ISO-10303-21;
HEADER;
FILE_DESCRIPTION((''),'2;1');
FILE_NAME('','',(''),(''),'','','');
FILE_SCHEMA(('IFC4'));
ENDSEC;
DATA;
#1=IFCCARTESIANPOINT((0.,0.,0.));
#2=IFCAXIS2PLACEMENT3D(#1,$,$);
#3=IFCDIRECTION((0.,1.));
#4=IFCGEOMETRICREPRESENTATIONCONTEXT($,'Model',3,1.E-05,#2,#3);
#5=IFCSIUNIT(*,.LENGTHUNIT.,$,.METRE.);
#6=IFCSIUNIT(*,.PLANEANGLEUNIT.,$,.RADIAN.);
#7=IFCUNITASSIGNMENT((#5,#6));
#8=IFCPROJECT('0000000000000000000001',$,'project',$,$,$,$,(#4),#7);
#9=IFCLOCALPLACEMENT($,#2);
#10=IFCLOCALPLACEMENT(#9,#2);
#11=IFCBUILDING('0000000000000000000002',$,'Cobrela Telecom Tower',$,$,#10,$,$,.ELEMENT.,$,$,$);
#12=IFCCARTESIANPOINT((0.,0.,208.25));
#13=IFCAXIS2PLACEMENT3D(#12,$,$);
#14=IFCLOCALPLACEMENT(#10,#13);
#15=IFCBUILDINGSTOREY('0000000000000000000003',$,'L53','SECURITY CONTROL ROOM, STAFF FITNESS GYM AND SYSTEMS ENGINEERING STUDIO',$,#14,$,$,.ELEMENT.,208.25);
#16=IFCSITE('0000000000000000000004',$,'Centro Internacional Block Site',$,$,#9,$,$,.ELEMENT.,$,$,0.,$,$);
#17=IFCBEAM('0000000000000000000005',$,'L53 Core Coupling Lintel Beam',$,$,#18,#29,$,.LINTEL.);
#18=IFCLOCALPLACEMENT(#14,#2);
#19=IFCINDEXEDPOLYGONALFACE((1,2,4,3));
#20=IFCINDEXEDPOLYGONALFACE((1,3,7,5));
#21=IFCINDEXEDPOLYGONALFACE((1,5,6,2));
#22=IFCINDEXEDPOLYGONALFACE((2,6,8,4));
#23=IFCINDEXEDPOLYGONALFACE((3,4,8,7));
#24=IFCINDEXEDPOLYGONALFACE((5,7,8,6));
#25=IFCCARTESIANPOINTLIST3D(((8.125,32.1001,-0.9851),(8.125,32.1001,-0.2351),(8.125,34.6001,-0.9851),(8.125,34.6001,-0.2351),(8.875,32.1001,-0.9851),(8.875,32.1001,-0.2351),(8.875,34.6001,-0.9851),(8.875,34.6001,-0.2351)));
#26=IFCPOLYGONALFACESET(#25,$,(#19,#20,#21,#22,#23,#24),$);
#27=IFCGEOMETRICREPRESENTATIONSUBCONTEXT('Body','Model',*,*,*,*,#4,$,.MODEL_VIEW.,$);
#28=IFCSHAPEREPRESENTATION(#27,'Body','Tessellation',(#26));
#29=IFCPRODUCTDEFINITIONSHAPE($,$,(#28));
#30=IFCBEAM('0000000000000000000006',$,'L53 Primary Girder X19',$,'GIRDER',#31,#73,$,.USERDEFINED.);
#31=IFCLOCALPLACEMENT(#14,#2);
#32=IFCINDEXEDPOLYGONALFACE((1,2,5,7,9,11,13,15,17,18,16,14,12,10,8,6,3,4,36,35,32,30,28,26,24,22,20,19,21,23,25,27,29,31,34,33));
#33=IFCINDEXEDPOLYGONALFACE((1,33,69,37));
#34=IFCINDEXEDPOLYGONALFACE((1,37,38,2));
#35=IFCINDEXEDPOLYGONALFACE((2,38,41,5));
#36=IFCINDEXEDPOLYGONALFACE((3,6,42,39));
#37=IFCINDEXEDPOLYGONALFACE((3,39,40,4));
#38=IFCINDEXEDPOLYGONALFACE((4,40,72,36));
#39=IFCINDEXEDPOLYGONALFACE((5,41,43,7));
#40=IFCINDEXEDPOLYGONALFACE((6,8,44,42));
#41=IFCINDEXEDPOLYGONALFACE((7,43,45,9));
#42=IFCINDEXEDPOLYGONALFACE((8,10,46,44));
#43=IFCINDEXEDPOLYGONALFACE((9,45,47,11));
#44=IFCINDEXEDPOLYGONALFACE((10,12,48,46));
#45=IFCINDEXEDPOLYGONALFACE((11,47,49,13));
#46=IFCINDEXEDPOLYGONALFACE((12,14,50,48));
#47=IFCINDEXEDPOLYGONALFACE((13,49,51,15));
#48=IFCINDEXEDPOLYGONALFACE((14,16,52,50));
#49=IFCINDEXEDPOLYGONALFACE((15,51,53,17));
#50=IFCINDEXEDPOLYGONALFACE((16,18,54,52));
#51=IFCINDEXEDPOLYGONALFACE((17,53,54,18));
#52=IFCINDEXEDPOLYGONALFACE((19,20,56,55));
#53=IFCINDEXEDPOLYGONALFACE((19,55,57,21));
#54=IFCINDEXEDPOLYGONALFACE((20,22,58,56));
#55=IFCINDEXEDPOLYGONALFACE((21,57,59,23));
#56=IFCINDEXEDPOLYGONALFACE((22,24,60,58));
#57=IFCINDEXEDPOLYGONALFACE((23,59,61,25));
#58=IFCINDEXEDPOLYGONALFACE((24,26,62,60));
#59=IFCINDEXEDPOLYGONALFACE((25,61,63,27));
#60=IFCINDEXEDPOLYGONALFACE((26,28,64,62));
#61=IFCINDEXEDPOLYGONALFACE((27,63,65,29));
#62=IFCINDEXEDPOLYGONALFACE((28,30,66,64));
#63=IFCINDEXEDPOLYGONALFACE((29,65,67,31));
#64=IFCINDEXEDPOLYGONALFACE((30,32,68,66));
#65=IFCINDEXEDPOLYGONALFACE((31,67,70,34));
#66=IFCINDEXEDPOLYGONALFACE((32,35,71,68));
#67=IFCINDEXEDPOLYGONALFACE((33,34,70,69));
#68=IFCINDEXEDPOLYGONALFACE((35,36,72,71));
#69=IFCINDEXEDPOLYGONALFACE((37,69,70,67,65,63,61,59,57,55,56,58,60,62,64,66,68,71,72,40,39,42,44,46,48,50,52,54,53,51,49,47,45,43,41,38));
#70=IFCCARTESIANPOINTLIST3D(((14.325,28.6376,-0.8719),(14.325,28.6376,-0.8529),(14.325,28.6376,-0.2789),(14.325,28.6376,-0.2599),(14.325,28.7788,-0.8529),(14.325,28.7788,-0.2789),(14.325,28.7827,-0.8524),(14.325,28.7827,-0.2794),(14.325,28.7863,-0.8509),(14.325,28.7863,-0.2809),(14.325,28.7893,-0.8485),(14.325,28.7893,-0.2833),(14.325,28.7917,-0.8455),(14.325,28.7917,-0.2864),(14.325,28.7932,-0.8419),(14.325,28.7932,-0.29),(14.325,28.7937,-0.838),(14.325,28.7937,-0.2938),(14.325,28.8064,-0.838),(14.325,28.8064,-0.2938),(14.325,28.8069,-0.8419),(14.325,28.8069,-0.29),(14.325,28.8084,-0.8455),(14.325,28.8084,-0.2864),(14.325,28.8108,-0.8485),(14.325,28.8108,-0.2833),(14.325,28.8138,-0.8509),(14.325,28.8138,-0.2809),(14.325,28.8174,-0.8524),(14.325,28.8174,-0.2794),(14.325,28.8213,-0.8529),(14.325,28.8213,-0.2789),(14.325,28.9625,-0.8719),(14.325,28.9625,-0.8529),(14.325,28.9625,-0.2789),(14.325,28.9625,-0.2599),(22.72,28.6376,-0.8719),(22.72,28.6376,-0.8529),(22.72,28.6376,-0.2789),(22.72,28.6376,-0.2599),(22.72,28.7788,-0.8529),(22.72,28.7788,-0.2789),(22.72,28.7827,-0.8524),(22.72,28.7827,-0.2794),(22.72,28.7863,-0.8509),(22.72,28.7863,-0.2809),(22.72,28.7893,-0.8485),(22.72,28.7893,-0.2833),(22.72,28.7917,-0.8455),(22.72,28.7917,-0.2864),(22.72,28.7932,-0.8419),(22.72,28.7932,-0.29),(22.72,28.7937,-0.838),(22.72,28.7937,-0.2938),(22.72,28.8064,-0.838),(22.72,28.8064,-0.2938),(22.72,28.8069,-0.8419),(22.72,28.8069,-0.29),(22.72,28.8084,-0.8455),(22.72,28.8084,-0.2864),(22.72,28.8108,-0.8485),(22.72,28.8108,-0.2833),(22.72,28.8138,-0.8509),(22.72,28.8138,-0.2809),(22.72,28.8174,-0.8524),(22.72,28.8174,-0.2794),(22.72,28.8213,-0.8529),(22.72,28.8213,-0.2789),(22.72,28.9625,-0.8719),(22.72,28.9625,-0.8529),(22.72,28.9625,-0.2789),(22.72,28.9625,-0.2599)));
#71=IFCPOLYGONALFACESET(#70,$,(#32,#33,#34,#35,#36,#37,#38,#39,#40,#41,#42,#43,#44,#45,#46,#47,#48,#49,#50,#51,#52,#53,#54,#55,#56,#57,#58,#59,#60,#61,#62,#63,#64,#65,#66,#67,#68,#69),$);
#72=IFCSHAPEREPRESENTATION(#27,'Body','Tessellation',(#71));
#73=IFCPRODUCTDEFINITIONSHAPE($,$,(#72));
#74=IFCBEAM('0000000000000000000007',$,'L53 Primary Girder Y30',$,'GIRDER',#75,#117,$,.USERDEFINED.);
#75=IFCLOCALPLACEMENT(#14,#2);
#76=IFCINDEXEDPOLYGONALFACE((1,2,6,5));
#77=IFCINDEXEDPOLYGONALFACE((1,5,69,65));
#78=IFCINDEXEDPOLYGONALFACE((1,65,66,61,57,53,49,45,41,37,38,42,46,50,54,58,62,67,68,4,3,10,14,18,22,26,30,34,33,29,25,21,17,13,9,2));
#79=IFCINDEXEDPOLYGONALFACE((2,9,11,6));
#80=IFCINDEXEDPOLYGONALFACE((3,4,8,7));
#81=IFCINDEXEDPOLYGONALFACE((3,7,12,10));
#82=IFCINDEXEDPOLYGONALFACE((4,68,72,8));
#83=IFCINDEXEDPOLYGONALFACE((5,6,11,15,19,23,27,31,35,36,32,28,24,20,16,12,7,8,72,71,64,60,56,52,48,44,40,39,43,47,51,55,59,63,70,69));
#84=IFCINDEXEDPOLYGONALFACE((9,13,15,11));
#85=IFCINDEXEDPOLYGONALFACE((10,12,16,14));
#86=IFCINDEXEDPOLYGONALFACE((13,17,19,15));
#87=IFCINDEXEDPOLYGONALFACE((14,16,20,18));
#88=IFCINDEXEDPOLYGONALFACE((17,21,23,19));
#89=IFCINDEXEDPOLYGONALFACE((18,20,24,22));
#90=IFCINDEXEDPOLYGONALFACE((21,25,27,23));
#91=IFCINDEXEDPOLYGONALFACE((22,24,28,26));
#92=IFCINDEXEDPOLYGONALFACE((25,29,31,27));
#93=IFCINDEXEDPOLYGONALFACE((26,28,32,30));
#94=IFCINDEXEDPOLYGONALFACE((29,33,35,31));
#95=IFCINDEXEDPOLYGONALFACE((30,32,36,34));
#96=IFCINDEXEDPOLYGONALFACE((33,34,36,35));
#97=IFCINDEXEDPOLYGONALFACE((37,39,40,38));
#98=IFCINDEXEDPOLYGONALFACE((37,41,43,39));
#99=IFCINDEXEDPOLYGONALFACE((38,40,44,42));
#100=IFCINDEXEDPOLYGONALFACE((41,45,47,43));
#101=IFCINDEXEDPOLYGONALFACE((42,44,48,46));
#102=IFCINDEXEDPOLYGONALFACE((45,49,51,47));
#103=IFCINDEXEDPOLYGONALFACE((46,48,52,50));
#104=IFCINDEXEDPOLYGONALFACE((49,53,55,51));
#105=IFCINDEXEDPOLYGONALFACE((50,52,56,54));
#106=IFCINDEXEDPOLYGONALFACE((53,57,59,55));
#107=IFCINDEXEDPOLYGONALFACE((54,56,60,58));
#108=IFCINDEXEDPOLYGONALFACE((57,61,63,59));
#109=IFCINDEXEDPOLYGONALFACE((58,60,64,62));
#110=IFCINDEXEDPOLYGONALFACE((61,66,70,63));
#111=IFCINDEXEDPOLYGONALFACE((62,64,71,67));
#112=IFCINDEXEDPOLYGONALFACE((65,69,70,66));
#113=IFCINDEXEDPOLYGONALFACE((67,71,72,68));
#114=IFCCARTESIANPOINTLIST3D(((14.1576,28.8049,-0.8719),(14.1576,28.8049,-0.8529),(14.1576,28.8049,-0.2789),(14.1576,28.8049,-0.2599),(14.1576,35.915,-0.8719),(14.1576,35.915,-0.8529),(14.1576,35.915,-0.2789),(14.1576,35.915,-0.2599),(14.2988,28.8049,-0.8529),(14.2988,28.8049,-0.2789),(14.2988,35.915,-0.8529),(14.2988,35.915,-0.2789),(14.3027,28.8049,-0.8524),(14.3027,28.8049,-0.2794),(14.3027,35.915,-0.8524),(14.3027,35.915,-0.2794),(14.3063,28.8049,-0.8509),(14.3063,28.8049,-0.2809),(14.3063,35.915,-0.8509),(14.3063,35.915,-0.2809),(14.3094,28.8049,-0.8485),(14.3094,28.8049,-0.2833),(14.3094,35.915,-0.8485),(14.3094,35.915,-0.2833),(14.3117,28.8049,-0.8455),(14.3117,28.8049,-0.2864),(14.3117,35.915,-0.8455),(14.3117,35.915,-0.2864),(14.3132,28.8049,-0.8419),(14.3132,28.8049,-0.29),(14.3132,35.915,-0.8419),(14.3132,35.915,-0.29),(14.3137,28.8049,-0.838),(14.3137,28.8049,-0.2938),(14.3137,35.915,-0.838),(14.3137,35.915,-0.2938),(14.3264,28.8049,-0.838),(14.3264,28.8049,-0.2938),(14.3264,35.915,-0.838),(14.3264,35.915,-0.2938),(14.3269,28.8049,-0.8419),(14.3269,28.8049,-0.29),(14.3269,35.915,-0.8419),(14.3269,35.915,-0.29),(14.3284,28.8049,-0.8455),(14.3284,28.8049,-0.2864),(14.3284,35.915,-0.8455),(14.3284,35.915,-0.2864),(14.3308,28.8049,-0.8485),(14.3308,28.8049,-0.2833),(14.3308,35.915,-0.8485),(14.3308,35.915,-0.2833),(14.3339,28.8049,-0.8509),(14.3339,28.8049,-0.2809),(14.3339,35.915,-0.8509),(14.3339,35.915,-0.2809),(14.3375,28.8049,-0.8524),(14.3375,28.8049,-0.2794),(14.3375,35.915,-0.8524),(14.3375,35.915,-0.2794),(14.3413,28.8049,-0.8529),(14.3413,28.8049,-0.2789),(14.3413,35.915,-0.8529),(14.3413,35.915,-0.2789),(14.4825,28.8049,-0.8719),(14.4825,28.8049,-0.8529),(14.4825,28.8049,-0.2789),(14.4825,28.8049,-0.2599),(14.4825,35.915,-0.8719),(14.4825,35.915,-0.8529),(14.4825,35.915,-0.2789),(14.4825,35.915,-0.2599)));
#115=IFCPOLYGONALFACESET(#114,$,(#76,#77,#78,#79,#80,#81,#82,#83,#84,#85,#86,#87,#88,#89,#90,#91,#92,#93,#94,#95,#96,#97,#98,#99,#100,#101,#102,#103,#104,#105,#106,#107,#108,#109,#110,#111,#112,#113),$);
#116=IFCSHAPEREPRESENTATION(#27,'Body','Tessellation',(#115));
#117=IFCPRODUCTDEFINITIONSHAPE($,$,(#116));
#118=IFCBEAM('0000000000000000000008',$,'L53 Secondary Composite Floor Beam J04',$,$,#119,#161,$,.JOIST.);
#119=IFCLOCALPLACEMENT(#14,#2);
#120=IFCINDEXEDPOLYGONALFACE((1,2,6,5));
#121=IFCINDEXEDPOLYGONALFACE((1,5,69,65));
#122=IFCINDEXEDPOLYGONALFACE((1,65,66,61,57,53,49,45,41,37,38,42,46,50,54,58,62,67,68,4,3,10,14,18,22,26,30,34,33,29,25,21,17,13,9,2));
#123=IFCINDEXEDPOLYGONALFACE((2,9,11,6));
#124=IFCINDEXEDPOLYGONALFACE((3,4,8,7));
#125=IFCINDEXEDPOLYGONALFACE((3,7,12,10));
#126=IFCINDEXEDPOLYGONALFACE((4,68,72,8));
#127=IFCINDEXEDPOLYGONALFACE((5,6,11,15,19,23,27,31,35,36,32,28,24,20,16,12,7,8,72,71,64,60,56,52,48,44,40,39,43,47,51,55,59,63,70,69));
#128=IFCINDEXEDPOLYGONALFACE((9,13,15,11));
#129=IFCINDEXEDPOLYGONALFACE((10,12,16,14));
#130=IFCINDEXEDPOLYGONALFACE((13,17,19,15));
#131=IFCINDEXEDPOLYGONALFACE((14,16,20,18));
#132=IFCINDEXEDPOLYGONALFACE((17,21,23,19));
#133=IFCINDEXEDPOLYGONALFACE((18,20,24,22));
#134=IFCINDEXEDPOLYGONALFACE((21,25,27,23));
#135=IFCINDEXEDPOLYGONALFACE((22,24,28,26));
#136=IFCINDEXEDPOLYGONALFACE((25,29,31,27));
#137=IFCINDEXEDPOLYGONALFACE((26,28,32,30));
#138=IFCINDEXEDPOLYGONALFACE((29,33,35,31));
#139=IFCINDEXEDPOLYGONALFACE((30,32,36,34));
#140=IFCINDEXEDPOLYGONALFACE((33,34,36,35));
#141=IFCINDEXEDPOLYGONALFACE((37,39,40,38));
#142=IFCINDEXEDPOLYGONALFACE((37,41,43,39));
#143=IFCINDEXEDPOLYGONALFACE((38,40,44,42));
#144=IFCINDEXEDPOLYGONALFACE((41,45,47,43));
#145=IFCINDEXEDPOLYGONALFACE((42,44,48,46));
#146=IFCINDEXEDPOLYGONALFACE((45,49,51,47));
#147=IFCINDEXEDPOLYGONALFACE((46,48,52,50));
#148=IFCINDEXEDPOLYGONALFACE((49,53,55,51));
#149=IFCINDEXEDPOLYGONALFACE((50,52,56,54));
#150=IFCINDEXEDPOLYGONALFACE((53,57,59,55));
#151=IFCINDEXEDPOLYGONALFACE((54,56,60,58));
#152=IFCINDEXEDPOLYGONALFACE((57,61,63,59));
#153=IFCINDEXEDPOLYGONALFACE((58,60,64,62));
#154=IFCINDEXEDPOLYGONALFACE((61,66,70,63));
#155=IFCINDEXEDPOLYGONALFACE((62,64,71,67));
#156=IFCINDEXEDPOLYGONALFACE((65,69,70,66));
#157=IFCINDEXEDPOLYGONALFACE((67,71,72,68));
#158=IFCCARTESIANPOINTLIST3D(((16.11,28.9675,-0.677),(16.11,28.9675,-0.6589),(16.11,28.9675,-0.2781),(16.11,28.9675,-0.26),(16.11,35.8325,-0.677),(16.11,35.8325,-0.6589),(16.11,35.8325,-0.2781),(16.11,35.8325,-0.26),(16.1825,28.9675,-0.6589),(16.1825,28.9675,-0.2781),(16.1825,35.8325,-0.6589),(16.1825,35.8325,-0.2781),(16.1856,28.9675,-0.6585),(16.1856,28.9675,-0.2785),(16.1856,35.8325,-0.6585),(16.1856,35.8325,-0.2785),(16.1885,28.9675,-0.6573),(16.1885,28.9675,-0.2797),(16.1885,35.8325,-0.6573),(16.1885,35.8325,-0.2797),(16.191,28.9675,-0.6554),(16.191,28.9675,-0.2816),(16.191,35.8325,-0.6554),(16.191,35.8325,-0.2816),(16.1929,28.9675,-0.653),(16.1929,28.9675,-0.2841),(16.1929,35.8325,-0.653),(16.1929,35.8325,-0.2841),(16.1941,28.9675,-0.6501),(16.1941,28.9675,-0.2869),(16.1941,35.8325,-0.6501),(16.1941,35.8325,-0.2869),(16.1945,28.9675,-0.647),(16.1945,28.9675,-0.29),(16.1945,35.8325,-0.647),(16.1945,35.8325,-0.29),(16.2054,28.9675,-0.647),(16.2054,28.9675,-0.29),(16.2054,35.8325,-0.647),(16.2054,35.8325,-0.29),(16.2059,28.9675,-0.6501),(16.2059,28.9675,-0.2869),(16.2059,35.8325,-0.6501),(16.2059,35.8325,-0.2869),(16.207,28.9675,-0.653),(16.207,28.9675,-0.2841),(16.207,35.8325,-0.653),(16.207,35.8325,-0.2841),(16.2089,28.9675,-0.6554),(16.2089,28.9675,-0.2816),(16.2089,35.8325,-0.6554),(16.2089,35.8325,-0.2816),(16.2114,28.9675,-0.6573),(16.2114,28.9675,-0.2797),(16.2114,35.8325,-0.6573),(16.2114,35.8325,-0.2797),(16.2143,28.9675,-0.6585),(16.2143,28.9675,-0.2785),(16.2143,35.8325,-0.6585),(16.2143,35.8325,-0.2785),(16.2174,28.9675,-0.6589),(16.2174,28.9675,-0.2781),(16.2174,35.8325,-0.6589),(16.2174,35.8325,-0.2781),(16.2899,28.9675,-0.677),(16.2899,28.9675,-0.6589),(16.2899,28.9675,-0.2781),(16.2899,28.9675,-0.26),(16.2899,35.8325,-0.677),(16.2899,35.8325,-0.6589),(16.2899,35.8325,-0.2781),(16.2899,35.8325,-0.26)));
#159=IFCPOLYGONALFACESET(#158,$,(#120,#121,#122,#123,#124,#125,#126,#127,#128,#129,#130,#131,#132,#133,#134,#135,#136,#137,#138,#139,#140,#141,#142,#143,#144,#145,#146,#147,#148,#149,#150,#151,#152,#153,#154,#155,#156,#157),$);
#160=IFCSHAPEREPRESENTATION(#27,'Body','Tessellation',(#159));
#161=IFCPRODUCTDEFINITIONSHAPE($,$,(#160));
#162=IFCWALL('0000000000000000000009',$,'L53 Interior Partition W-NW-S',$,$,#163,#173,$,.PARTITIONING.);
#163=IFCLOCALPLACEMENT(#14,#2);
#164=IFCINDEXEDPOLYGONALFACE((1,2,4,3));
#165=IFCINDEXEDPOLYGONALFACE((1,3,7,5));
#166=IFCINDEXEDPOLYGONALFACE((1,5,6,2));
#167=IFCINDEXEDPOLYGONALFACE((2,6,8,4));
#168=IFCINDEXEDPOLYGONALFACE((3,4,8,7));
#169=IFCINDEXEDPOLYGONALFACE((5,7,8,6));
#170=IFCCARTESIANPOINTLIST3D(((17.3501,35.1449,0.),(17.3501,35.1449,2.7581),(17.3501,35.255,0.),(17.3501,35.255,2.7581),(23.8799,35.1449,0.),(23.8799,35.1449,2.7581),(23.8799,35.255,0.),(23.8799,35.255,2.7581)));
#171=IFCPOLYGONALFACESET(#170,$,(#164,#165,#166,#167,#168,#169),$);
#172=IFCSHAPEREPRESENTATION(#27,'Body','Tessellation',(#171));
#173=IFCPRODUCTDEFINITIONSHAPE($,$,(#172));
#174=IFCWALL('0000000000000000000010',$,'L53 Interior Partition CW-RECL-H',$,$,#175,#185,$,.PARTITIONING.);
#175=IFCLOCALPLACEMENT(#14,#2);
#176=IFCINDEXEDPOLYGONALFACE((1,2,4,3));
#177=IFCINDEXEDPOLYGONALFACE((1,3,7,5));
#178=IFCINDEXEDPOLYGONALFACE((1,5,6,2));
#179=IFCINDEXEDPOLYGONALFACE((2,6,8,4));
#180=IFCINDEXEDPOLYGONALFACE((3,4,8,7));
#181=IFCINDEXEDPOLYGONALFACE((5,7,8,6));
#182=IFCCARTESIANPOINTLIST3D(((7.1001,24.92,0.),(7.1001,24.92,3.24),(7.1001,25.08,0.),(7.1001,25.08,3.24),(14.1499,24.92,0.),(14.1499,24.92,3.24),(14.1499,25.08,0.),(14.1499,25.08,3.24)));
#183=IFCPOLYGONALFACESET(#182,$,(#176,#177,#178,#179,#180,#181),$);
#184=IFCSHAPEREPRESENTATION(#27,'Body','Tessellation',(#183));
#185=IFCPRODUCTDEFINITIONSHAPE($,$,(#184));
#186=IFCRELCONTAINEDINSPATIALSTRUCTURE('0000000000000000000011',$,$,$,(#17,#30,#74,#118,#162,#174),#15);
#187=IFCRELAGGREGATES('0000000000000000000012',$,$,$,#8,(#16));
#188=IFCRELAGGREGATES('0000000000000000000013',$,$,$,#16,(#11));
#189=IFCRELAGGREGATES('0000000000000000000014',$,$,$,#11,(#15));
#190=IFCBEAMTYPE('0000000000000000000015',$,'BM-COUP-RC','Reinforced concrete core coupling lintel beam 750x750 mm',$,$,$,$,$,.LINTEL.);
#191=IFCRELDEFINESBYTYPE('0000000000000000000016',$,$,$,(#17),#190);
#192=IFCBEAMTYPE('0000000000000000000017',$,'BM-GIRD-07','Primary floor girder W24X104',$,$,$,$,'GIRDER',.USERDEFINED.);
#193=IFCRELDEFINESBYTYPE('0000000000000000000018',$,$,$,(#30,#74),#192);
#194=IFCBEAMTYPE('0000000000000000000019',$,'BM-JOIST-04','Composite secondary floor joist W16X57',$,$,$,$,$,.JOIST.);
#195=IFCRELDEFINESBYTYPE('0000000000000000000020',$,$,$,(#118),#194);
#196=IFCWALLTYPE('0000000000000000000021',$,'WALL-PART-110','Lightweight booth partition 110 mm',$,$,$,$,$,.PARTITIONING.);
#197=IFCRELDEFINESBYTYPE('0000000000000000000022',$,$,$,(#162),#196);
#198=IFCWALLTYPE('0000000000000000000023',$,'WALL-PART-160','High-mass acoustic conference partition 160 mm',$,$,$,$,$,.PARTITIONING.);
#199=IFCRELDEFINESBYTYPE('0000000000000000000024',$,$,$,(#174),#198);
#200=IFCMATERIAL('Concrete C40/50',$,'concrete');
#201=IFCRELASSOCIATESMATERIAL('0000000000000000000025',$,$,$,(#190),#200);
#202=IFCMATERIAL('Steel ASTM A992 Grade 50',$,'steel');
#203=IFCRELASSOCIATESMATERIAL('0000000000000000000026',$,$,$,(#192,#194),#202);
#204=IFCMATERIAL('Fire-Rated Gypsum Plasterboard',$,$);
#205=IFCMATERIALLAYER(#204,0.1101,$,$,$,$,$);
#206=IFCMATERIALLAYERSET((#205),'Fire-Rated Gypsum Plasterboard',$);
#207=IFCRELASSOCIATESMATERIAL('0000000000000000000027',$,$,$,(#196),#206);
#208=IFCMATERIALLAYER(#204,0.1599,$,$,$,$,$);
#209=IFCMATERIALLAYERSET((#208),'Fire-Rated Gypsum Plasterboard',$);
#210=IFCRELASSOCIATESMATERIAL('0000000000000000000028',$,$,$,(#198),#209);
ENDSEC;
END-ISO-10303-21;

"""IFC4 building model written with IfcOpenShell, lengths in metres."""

from ifc_helpers import new_model, si_unit, direction, frame, frame_2d, origin, origin_2d, place, context, subcontext, project, spatial, rectangle, i_section, extrude, material, layer, layer_set, material_profile, profile_set, type_object, element, save


model = new_model("IFC4")

# Units and contexts
model_context = context("Model", 3, precision=1e-05, world=origin(), true_north=direction((0.0, 1.0)))
body_context = subcontext(model_context, "Body", "Model", "MODEL_VIEW")
ifc_project = project(units=[si_unit("LENGTHUNIT", "METRE"), si_unit("PLANEANGLEUNIT", "RADIAN")], contexts=[model_context])

# Site, building, storey
site_placement = place(None, origin())
site = spatial("IfcSite", under=ifc_project, at=site_placement, Name="Centro Internacional Block Site", CompositionType="ELEMENT", RefElevation=0.0)
building_placement = place(site_placement, origin())
building = spatial("IfcBuilding", under=site, at=building_placement, Name="Cobrela Telecom Tower", CompositionType="ELEMENT")
storey_placement = place(building_placement, frame((0.0, 0.0, 208.25)))
storey = spatial("IfcBuildingStorey", under=building, at=storey_placement, Name="L53", Description="SECURITY CONTROL ROOM, STAFF FITNESS GYM AND SYSTEMS ENGINEERING STUDIO", CompositionType="ELEMENT", Elevation=208.25)

# Beams
ifc_material_1 = material(Name="Concrete C40/50", Category="concrete")
ifc_material_profile_1 = material_profile(ifc_material_1, rectangle(XDim=0.75, YDim=0.75, at=origin_2d()), Name="RC 750x750")
ifc_profile_set_1 = profile_set([ifc_material_profile_1], Name="Concrete C40/50")
beam_type_1 = type_object("IfcBeamType", Name="BM-COUP-RC", Description="Reinforced concrete core coupling lintel beam 750x750 mm", PredefinedType="LINTEL", material=ifc_profile_set_1)
beam_1_placement = place(storey_placement, frame((8.5, 32.1001, -0.6101), z_axis=(0.0, 1.0, 0.0), x_axis=(-1.0, 0.0, 0.0)))
element("IfcBeam", 1, at=beam_1_placement, inside=storey, type_object=beam_type_1, Name="L53 Core Coupling Lintel Beam", PredefinedType="LINTEL", context=body_context, shape_type="SweptSolid", body=[
    extrude(rectangle(XDim=0.75, YDim=0.75, at=origin_2d()), origin(), (0.0, 0.0, 1.0), 2.5),
])
ifc_material_2 = material(Name="Steel ASTM A992 Grade 50", Category="steel")
ifc_material_profile_2 = material_profile(ifc_material_2, i_section(OverallWidth=0.325, OverallDepth=0.6121, WebThickness=0.0127, FlangeThickness=0.019, FilletRadius=0.0149, at=origin_2d()), Name="W24X104")
ifc_profile_set_2 = profile_set([ifc_material_profile_2], Name="Steel ASTM A992 Grade 50")
beam_type_2 = type_object("IfcBeamType", Name="BM-GIRD-07", Description="Primary floor girder W24X104", ElementType="GIRDER", PredefinedType="USERDEFINED", material=ifc_profile_set_2)
beam_2_placement = place(storey_placement, frame((14.325, 28.8, -0.5659), z_axis=(1.0, 0.0, 0.0), x_axis=(0.0, 1.0, 0.0)))
element("IfcBeam", 2, at=beam_2_placement, inside=storey, type_object=beam_type_2, Name="L53 Primary Girder X19", ObjectType="GIRDER", PredefinedType="USERDEFINED", context=body_context, shape_type="SweptSolid", body=[
    extrude(i_section(OverallWidth=0.325, OverallDepth=0.6121, WebThickness=0.0127, FlangeThickness=0.019, FilletRadius=0.0149, at=origin_2d()), origin(), (0.0, 0.0, 1.0), 8.395),
])
beam_3_placement = place(storey_placement, frame((14.3201, 28.8049, -0.5659), z_axis=(0.0, 1.0, 0.0), x_axis=(-1.0, 0.0, 0.0)))
element("IfcBeam", 3, at=beam_3_placement, inside=storey, type_object=beam_type_2, Name="L53 Primary Girder Y30", ObjectType="GIRDER", PredefinedType="USERDEFINED", context=body_context, shape_type="SweptSolid", body=[
    extrude(i_section(OverallWidth=0.325, OverallDepth=0.6121, WebThickness=0.0127, FlangeThickness=0.019, FilletRadius=0.0149, at=origin_2d()), origin(), (0.0, 0.0, 1.0), 7.1101),
])
ifc_material_profile_3 = material_profile(ifc_material_2, i_section(OverallWidth=0.1799, OverallDepth=0.417, WebThickness=0.011, FlangeThickness=0.0181, FilletRadius=0.012, at=origin_2d()), Name="W16X57")
ifc_profile_set_3 = profile_set([ifc_material_profile_3], Name="Steel ASTM A992 Grade 50")
beam_type_3 = type_object("IfcBeamType", Name="BM-JOIST-04", Description="Composite secondary floor joist W16X57", PredefinedType="JOIST", material=ifc_profile_set_3)
beam_4_placement = place(storey_placement, frame((16.2, 28.9675, -0.4685), z_axis=(0.0, 1.0, 0.0), x_axis=(-1.0, 0.0, 0.0)))
element("IfcBeam", 4, at=beam_4_placement, inside=storey, type_object=beam_type_3, Name="L53 Secondary Composite Floor Beam J04", PredefinedType="JOIST", context=body_context, shape_type="SweptSolid", body=[
    extrude(i_section(OverallWidth=0.1799, OverallDepth=0.417, WebThickness=0.011, FlangeThickness=0.0181, FilletRadius=0.012, at=origin_2d()), origin(), (0.0, 0.0, 1.0), 6.865),
])

# Wall
ifc_material_3 = material(Name="Fire-Rated Gypsum Plasterboard")
ifc_layer_1 = layer(ifc_material_3, 0.1101)
ifc_layer_set_1 = layer_set([ifc_layer_1], Name="Fire-Rated Gypsum Plasterboard")
wall_type_1 = type_object("IfcWallType", Name="WALL-PART-110", Description="Lightweight booth partition 110 mm", PredefinedType="PARTITIONING", material=ifc_layer_set_1)
wall_1_placement = place(storey_placement, frame((17.3501, 35.2, 0.0), z_axis=(0.0, 0.0, 1.0), x_axis=(1.0, 0.0, 0.0)))
element("IfcWall", 5, at=wall_1_placement, inside=storey, type_object=wall_type_1, Name="L53 Interior Partition W-NW-S", PredefinedType="PARTITIONING", context=body_context, shape_type="SweptSolid", body=[
    extrude(rectangle(XDim=6.5298, YDim=0.1101, at=frame_2d((3.2649, 0.0))), origin(), (0.0, 0.0, 1.0), 2.7581),
])

# Wall
ifc_layer_2 = layer(ifc_material_3, 0.1599)
ifc_layer_set_2 = layer_set([ifc_layer_2], Name="Fire-Rated Gypsum Plasterboard")
wall_type_2 = type_object("IfcWallType", Name="WALL-PART-160", Description="High-mass acoustic conference partition 160 mm", PredefinedType="PARTITIONING", material=ifc_layer_set_2)
wall_2_placement = place(storey_placement, frame((7.1001, 25.0, 0.0), z_axis=(0.0, 0.0, 1.0), x_axis=(1.0, 0.0, 0.0)))
element("IfcWall", 6, at=wall_2_placement, inside=storey, type_object=wall_type_2, Name="L53 Interior Partition CW-RECL-H", PredefinedType="PARTITIONING", context=body_context, shape_type="SweptSolid", body=[
    extrude(rectangle(XDim=7.0498, YDim=0.1599, at=frame_2d((3.5249, 0.0))), origin(), (0.0, 0.0, 1.0), 3.24),
])

save(model, "model.ifc")
